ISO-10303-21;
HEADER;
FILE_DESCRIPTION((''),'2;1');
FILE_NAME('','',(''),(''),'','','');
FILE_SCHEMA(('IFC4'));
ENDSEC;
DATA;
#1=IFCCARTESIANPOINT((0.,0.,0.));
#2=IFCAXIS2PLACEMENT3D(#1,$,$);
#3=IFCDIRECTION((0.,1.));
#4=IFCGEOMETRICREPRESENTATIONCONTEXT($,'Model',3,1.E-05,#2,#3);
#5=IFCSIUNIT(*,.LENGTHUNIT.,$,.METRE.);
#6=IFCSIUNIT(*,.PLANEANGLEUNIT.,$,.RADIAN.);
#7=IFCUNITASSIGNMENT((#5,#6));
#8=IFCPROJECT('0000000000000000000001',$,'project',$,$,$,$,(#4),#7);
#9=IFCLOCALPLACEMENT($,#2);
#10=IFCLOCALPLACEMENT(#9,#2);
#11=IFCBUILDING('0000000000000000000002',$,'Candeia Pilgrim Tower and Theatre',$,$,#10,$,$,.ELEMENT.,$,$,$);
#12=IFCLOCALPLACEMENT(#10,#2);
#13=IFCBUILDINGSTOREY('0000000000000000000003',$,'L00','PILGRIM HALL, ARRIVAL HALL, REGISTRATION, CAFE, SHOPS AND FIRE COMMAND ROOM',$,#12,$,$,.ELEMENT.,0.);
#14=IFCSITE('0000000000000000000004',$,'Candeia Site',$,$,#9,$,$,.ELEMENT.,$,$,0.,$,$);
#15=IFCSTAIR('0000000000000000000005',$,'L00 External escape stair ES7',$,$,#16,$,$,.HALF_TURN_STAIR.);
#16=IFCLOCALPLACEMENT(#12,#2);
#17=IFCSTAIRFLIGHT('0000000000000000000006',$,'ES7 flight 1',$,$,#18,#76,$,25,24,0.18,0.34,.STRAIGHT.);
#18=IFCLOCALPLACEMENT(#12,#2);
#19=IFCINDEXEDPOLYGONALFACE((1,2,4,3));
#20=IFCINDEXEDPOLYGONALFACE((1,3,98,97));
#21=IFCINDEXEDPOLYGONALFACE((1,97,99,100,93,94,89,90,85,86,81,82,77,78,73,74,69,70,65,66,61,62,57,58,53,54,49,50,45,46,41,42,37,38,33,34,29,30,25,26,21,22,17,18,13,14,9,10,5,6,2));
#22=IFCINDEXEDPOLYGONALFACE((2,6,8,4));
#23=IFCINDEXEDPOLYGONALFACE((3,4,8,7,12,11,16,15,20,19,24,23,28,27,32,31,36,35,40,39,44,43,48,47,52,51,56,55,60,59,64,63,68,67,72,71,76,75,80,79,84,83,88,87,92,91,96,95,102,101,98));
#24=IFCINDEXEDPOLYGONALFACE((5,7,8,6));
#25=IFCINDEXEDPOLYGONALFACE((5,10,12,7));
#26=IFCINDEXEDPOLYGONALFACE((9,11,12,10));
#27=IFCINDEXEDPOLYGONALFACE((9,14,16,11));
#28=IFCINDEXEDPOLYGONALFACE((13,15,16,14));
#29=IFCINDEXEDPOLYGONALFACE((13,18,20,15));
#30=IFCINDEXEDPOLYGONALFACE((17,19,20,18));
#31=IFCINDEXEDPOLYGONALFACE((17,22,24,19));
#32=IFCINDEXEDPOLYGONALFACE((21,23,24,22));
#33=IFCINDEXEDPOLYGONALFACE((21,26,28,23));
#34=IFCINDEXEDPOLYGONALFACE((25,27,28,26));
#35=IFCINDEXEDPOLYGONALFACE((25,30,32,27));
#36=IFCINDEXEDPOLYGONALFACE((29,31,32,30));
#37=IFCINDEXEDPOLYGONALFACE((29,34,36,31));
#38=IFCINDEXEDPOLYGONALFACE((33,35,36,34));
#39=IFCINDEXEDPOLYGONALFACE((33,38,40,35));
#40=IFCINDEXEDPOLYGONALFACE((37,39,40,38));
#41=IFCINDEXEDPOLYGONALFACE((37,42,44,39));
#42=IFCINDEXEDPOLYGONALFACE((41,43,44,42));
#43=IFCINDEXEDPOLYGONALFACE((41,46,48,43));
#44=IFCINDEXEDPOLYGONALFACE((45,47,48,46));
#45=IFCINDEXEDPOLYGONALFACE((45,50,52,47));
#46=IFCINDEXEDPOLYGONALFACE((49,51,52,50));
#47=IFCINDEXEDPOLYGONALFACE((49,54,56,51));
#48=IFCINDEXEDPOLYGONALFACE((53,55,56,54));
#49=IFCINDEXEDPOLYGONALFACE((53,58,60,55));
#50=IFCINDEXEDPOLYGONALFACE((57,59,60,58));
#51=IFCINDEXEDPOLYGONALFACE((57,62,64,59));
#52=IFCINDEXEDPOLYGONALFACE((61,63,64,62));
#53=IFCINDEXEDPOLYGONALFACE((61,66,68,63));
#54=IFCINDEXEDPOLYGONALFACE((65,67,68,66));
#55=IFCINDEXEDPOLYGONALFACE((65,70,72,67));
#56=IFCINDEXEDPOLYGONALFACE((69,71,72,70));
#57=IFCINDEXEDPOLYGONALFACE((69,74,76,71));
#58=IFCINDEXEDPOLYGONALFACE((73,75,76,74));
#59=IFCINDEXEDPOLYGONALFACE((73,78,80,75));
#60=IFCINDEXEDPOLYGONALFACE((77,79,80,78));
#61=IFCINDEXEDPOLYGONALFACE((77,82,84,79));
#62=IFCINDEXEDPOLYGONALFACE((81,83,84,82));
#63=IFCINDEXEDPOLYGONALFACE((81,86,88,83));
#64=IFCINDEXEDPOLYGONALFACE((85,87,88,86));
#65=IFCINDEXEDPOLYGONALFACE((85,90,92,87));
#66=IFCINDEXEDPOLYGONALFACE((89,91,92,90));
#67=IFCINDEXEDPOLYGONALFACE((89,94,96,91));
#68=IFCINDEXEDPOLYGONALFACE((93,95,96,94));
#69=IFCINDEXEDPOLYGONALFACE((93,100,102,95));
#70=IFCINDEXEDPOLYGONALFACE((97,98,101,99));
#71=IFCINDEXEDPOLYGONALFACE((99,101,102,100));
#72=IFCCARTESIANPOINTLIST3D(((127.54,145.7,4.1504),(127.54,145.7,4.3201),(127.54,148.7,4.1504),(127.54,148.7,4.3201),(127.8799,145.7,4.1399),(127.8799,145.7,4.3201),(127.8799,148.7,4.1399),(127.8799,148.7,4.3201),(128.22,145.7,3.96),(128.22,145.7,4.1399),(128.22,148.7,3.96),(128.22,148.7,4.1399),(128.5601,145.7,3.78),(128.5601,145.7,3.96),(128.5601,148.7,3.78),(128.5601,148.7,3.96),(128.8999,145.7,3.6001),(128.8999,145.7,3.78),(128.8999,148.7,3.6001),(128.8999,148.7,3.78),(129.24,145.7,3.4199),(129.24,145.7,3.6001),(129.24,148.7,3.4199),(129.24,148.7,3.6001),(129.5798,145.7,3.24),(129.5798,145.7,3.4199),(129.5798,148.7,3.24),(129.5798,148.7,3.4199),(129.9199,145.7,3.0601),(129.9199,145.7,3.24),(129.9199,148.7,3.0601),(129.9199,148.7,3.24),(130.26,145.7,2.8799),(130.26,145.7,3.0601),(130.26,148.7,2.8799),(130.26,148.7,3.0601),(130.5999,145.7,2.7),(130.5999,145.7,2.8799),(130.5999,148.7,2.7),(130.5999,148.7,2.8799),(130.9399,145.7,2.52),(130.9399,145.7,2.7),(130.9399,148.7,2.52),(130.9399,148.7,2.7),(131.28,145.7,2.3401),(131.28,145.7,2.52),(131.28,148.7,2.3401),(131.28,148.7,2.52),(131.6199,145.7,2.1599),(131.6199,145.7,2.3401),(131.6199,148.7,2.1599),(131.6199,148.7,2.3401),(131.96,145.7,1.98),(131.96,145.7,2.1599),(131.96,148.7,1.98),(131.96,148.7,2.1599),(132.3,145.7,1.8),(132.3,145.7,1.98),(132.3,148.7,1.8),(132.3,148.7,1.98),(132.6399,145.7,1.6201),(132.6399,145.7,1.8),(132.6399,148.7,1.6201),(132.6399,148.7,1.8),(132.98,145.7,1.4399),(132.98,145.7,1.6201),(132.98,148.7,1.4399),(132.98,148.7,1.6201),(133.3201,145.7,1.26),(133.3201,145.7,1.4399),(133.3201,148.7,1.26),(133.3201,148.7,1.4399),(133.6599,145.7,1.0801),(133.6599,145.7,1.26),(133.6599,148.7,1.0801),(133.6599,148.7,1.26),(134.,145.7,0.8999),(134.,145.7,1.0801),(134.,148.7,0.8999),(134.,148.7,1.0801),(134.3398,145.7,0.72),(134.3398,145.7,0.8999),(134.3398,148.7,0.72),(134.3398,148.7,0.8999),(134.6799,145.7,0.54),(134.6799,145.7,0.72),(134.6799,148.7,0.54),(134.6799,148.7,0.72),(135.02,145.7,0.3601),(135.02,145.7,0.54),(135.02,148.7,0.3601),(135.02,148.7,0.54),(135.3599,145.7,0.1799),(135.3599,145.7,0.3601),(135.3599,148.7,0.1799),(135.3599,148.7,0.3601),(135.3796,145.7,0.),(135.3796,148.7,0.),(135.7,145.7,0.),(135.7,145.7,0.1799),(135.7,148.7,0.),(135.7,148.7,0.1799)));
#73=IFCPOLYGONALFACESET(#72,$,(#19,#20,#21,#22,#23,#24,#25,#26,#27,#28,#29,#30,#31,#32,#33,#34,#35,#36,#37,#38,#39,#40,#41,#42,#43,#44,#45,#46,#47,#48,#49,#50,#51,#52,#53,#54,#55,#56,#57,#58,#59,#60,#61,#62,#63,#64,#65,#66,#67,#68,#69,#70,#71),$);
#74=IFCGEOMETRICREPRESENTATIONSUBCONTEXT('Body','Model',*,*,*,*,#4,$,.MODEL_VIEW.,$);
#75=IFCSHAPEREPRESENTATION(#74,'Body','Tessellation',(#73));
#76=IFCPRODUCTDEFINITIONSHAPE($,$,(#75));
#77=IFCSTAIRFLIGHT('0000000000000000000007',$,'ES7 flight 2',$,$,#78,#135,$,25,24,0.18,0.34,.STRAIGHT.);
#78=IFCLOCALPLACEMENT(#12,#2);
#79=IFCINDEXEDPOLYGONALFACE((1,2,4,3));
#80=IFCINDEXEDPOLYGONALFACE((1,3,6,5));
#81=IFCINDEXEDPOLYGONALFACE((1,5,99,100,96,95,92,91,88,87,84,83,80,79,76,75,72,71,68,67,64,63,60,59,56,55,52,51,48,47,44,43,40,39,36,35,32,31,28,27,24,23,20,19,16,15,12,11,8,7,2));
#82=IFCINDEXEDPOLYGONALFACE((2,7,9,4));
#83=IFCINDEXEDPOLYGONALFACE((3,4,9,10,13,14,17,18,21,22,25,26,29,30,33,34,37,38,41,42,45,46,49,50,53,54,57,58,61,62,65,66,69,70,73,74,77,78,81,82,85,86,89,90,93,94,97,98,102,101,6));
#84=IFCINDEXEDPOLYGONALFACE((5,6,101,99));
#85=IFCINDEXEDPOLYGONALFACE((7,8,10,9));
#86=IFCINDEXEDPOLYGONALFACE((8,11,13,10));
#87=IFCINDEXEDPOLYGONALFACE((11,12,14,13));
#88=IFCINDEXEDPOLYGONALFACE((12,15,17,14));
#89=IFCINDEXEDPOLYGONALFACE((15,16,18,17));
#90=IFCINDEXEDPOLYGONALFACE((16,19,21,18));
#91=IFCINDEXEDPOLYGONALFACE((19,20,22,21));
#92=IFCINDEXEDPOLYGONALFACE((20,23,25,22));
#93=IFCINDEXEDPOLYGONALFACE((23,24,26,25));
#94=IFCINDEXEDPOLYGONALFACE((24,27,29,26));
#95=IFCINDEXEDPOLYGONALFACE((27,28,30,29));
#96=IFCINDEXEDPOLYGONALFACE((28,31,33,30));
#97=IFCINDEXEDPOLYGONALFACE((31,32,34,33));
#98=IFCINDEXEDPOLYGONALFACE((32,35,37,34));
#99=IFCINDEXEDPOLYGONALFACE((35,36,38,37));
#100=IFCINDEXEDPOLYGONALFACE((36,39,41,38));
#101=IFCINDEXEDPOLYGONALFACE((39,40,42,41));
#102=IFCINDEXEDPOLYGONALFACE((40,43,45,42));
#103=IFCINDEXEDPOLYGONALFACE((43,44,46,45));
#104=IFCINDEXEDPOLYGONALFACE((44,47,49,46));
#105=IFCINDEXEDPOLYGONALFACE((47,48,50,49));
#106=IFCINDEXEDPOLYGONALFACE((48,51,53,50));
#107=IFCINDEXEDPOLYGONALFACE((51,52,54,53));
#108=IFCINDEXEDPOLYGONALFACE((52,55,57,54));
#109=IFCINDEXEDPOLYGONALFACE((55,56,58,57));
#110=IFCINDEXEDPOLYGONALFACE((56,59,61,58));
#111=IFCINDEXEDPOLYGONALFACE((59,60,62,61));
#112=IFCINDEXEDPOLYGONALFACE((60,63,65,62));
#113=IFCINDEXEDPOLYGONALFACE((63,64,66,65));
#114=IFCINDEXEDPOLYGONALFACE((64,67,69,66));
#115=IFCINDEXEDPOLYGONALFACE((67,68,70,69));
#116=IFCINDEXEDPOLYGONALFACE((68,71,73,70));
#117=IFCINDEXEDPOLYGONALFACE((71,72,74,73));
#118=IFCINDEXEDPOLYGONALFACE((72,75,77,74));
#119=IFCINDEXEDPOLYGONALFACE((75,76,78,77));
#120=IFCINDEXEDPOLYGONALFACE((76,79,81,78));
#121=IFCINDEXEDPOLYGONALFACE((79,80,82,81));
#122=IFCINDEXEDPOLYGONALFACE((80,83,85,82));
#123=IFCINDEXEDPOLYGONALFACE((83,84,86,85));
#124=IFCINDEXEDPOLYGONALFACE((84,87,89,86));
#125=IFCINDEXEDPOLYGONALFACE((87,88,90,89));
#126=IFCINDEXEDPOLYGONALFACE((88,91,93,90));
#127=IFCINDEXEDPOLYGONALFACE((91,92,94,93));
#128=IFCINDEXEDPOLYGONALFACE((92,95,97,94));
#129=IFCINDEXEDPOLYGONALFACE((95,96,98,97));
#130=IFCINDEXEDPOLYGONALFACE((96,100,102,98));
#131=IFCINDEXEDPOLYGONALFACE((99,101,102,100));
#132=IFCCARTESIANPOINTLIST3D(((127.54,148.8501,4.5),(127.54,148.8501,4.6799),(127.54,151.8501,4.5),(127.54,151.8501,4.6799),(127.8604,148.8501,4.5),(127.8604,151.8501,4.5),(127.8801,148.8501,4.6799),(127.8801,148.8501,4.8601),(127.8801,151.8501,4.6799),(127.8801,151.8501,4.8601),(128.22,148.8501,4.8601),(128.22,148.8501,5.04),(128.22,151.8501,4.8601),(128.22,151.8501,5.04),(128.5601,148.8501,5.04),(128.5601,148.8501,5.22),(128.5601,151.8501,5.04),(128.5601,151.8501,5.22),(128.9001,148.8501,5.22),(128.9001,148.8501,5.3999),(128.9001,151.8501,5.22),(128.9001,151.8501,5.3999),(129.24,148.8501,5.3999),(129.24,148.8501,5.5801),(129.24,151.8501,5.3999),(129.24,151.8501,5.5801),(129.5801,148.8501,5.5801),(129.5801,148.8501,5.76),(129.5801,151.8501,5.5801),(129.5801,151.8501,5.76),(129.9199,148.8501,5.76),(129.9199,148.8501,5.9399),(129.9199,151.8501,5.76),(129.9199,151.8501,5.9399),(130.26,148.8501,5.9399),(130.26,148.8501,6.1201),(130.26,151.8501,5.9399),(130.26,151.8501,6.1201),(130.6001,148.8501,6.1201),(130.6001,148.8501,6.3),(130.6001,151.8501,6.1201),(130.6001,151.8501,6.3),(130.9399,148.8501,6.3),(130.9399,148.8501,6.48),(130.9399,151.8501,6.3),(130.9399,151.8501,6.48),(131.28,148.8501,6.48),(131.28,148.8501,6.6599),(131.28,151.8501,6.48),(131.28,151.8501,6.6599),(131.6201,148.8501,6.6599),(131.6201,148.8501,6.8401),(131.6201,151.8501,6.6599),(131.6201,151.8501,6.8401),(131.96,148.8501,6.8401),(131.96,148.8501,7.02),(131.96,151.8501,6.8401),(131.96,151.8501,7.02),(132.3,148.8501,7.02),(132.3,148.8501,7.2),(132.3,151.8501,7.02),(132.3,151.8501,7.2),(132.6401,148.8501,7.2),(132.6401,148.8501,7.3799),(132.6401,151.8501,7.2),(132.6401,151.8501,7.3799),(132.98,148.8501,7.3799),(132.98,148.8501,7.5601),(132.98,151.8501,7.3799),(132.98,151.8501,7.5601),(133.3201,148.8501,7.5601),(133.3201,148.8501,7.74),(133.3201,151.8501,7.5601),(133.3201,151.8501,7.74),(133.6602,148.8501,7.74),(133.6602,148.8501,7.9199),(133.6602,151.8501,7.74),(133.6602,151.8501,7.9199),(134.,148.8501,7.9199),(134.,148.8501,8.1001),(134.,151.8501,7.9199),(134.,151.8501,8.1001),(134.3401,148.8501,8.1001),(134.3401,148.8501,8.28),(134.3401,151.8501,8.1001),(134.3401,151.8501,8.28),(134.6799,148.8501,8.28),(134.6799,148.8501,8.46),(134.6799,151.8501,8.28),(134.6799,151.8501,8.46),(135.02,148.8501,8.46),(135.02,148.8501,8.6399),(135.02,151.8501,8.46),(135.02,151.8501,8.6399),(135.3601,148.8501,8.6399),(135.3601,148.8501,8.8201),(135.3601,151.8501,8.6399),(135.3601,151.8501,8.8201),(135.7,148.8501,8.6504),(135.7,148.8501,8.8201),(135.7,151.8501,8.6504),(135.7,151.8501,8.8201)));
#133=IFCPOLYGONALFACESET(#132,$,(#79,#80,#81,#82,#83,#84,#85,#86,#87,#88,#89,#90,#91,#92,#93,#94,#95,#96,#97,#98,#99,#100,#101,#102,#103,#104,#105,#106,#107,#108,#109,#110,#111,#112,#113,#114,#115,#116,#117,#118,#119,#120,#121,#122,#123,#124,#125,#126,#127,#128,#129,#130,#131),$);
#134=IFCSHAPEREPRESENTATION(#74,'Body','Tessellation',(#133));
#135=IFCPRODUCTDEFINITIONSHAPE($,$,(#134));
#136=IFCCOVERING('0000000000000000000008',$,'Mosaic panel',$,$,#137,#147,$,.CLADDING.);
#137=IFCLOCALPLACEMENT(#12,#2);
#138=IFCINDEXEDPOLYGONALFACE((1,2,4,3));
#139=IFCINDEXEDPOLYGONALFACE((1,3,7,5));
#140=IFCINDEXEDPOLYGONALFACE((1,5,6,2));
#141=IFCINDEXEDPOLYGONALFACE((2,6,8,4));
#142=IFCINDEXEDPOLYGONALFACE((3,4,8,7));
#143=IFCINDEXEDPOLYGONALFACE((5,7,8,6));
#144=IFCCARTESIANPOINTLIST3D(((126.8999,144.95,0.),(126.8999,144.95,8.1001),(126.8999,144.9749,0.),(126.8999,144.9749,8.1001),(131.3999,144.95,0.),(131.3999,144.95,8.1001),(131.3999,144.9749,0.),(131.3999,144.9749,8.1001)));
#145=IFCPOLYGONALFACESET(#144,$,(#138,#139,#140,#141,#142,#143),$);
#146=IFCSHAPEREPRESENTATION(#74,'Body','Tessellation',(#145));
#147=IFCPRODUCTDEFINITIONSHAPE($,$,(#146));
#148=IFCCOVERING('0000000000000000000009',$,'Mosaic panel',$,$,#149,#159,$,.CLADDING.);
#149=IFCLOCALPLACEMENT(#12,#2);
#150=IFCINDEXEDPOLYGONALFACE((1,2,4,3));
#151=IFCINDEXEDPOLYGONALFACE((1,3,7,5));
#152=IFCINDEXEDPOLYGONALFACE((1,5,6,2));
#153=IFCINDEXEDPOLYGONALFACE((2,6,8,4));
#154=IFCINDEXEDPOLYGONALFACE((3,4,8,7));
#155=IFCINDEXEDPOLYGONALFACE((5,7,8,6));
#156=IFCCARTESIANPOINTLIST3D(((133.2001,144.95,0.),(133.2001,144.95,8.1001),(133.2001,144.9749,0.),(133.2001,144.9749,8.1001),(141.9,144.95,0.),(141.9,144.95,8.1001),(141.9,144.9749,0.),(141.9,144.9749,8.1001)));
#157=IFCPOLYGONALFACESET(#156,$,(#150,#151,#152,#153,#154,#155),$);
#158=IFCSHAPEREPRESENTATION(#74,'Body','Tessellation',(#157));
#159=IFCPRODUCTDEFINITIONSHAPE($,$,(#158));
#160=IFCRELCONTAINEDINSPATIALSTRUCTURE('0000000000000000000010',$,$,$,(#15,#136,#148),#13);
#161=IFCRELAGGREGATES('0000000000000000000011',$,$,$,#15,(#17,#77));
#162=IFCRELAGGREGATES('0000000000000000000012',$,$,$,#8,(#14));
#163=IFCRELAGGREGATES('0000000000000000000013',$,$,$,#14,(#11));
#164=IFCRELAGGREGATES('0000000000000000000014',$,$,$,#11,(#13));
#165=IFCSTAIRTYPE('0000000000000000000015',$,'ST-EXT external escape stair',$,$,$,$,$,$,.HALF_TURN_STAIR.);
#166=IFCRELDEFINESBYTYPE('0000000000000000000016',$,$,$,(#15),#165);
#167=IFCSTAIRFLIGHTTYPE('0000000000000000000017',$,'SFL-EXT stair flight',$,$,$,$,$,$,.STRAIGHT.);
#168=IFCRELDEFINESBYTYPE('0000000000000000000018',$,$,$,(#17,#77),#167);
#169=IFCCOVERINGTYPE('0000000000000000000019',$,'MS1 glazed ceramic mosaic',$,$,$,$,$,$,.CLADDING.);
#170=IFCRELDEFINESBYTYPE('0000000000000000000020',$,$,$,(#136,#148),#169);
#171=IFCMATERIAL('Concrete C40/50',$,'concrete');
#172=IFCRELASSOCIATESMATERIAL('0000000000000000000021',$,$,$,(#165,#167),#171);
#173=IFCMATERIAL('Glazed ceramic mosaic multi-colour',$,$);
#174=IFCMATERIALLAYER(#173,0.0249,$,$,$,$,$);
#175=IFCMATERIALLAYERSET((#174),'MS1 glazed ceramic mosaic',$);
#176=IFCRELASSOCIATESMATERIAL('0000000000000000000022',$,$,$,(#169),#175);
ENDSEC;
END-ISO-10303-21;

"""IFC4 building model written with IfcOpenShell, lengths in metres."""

from ifc_helpers import new_model, si_unit, direction, frame, origin, origin_2d, place, context, subcontext, project, spatial, polyline, rectangle, outline, extrude, material, layer, layer_set, type_object, element, aggregate, save


model = new_model("IFC4")

# Units and contexts
model_context = context("Model", 3, precision=1e-05, world=origin(), true_north=direction((0.0, 1.0)))
body_context = subcontext(model_context, "Body", "Model", "MODEL_VIEW")
ifc_project = project(units=[si_unit("LENGTHUNIT", "METRE"), si_unit("PLANEANGLEUNIT", "RADIAN")], contexts=[model_context])

# Site, building, storey
site_placement = place(None, origin())
site = spatial("IfcSite", under=ifc_project, at=site_placement, Name="Candeia Site", CompositionType="ELEMENT", RefElevation=0.0)
building_placement = place(site_placement, origin())
building = spatial("IfcBuilding", under=site, at=building_placement, Name="Candeia Pilgrim Tower and Theatre", CompositionType="ELEMENT")
storey_placement = place(building_placement, origin())
storey = spatial("IfcBuildingStorey", under=building, at=storey_placement, Name="L00", Description="PILGRIM HALL, ARRIVAL HALL, REGISTRATION, CAFE, SHOPS AND FIRE COMMAND ROOM", CompositionType="ELEMENT", Elevation=0.0)

# Shared definitions
ifc_material_1 = material(Name="Concrete C40/50", Category="concrete")

# Stair, stair flights
stair_type = type_object("IfcStairType", Name="ST-EXT external escape stair", PredefinedType="HALF_TURN_STAIR", material=ifc_material_1)
stair_placement = place(storey_placement, origin())
stair = element("IfcStair", 1, at=stair_placement, inside=storey, type_object=stair_type, Name="L00 External escape stair ES7", PredefinedType="HALF_TURN_STAIR")
stair_flight_type = type_object("IfcStairFlightType", Name="SFL-EXT stair flight", PredefinedType="STRAIGHT", material=ifc_material_1)
stair_flight_1_placement = place(storey_placement, frame((135.7, 147.2, 0.0), z_axis=(0.0, 0.0, 1.0), x_axis=(-1.0, 0.0, 0.0)))
stair_flight_1 = element("IfcStairFlight", 2, at=stair_flight_1_placement, type_object=stair_flight_type, Name="ES7 flight 1", NumberOfRisers=25, NumberOfTreads=24, PredefinedType="STRAIGHT", RiserHeight=0.18, TreadLength=0.34, context=body_context, shape_type="SweptSolid", body=[
    extrude(outline(polyline([(0.0, 0.0), (0.0, 0.1799), (0.3401, 0.1799), (0.3401, 0.3601), (0.6799, 0.3601), (0.6799, 0.54), (1.02, 0.54), (1.02, 0.72), (1.3601, 0.72), (1.3601, 0.8999), (1.7, 0.8999), (1.7, 1.0801), (2.04, 1.0801), (2.04, 1.26), (2.3799, 1.26), (2.3799, 1.4399), (2.72, 1.4399), (2.72, 1.6201), (3.0601, 1.6201), (3.0601, 1.8), (3.3999, 1.8), (3.3999, 1.98), (3.74, 1.98), (3.74, 2.1599), (4.0801, 2.1599), (4.0801, 2.3401), (4.4199, 2.3401), (4.4199, 2.52), (4.76, 2.52), (4.76, 2.7), (5.1001, 2.7), (5.1001, 2.8799), (5.4399, 2.8799), (5.4399, 3.0601), (5.78, 3.0601), (5.78, 3.24), (6.1201, 3.24), (6.1201, 3.4199), (6.46, 3.4199), (6.46, 3.6001), (6.8, 3.6001), (6.8, 3.78), (7.1399, 3.78), (7.1399, 3.96), (7.48, 3.96), (7.48, 4.1399), (7.8201, 4.1399), (7.8201, 4.3201), (8.1599, 4.3201), (8.1599, 4.5), (8.1599, 4.1504), (0.3203, 0.0), (0.0, 0.0)])), frame((0.0, 1.5, 0.0), z_axis=(0.0, -1.0, 0.0), x_axis=(1.0, 0.0, 0.0)), (0.0, 0.0, 1.0), 3.0),
])
stair_flight_2_placement = place(storey_placement, frame((127.54, 150.3501, 4.5), z_axis=(0.0, 0.0, 1.0), x_axis=(1.0, 0.0, 0.0)))
stair_flight_2 = element("IfcStairFlight", 3, at=stair_flight_2_placement, type_object=stair_flight_type, Name="ES7 flight 2", NumberOfRisers=25, NumberOfTreads=24, PredefinedType="STRAIGHT", RiserHeight=0.18, TreadLength=0.34, context=body_context, shape_type="SweptSolid", body=[
    extrude(outline(polyline([(0.0, 0.0), (0.0, 0.1799), (0.3401, 0.1799), (0.3401, 0.3601), (0.6799, 0.3601), (0.6799, 0.54), (1.02, 0.54), (1.02, 0.72), (1.3601, 0.72), (1.3601, 0.8999), (1.7, 0.8999), (1.7, 1.0801), (2.04, 1.0801), (2.04, 1.26), (2.3799, 1.26), (2.3799, 1.4399), (2.72, 1.4399), (2.72, 1.6201), (3.0601, 1.6201), (3.0601, 1.8), (3.3999, 1.8), (3.3999, 1.98), (3.74, 1.98), (3.74, 2.1599), (4.0801, 2.1599), (4.0801, 2.3401), (4.4199, 2.3401), (4.4199, 2.52), (4.76, 2.52), (4.76, 2.7), (5.1001, 2.7), (5.1001, 2.8799), (5.4399, 2.8799), (5.4399, 3.0601), (5.78, 3.0601), (5.78, 3.24), (6.1201, 3.24), (6.1201, 3.4199), (6.46, 3.4199), (6.46, 3.6001), (6.8, 3.6001), (6.8, 3.78), (7.1399, 3.78), (7.1399, 3.96), (7.48, 3.96), (7.48, 4.1399), (7.8201, 4.1399), (7.8201, 4.3201), (8.1599, 4.3201), (8.1599, 4.5), (8.1599, 4.1504), (0.3203, 0.0), (0.0, 0.0)])), frame((0.0, 1.5, 0.0), z_axis=(0.0, -1.0, 0.0), x_axis=(1.0, 0.0, 0.0)), (0.0, 0.0, 1.0), 3.0),
])
aggregate(stair, [stair_flight_1, stair_flight_2])

# Coverings
ifc_material_2 = material(Name="Glazed ceramic mosaic multi-colour")
ifc_layer_1 = layer(ifc_material_2, 0.0249)
ifc_layer_set_1 = layer_set([ifc_layer_1], Name="MS1 glazed ceramic mosaic")
covering_type = type_object("IfcCoveringType", Name="MS1 glazed ceramic mosaic", PredefinedType="CLADDING", material=ifc_layer_set_1)
covering_1_placement = place(storey_placement, frame((129.1499, 144.9624, 0.0), z_axis=(0.0, 0.0, 1.0), x_axis=(1.0, 0.0, 0.0)))
element("IfcCovering", 4, at=covering_1_placement, inside=storey, type_object=covering_type, Name="Mosaic panel", PredefinedType="CLADDING", context=body_context, shape_type="SweptSolid", body=[
    extrude(rectangle(XDim=4.5, YDim=0.0249, at=origin_2d()), origin(), (0.0, 0.0, 1.0), 8.1001),
])
covering_2_placement = place(storey_placement, frame((137.55, 144.9624, 0.0), z_axis=(0.0, 0.0, 1.0), x_axis=(1.0, 0.0, 0.0)))
element("IfcCovering", 5, at=covering_2_placement, inside=storey, type_object=covering_type, Name="Mosaic panel", PredefinedType="CLADDING", context=body_context, shape_type="SweptSolid", body=[
    extrude(rectangle(XDim=8.7, YDim=0.0249, at=origin_2d()), origin(), (0.0, 0.0, 1.0), 8.1001),
])

save(model, "model.ifc")
